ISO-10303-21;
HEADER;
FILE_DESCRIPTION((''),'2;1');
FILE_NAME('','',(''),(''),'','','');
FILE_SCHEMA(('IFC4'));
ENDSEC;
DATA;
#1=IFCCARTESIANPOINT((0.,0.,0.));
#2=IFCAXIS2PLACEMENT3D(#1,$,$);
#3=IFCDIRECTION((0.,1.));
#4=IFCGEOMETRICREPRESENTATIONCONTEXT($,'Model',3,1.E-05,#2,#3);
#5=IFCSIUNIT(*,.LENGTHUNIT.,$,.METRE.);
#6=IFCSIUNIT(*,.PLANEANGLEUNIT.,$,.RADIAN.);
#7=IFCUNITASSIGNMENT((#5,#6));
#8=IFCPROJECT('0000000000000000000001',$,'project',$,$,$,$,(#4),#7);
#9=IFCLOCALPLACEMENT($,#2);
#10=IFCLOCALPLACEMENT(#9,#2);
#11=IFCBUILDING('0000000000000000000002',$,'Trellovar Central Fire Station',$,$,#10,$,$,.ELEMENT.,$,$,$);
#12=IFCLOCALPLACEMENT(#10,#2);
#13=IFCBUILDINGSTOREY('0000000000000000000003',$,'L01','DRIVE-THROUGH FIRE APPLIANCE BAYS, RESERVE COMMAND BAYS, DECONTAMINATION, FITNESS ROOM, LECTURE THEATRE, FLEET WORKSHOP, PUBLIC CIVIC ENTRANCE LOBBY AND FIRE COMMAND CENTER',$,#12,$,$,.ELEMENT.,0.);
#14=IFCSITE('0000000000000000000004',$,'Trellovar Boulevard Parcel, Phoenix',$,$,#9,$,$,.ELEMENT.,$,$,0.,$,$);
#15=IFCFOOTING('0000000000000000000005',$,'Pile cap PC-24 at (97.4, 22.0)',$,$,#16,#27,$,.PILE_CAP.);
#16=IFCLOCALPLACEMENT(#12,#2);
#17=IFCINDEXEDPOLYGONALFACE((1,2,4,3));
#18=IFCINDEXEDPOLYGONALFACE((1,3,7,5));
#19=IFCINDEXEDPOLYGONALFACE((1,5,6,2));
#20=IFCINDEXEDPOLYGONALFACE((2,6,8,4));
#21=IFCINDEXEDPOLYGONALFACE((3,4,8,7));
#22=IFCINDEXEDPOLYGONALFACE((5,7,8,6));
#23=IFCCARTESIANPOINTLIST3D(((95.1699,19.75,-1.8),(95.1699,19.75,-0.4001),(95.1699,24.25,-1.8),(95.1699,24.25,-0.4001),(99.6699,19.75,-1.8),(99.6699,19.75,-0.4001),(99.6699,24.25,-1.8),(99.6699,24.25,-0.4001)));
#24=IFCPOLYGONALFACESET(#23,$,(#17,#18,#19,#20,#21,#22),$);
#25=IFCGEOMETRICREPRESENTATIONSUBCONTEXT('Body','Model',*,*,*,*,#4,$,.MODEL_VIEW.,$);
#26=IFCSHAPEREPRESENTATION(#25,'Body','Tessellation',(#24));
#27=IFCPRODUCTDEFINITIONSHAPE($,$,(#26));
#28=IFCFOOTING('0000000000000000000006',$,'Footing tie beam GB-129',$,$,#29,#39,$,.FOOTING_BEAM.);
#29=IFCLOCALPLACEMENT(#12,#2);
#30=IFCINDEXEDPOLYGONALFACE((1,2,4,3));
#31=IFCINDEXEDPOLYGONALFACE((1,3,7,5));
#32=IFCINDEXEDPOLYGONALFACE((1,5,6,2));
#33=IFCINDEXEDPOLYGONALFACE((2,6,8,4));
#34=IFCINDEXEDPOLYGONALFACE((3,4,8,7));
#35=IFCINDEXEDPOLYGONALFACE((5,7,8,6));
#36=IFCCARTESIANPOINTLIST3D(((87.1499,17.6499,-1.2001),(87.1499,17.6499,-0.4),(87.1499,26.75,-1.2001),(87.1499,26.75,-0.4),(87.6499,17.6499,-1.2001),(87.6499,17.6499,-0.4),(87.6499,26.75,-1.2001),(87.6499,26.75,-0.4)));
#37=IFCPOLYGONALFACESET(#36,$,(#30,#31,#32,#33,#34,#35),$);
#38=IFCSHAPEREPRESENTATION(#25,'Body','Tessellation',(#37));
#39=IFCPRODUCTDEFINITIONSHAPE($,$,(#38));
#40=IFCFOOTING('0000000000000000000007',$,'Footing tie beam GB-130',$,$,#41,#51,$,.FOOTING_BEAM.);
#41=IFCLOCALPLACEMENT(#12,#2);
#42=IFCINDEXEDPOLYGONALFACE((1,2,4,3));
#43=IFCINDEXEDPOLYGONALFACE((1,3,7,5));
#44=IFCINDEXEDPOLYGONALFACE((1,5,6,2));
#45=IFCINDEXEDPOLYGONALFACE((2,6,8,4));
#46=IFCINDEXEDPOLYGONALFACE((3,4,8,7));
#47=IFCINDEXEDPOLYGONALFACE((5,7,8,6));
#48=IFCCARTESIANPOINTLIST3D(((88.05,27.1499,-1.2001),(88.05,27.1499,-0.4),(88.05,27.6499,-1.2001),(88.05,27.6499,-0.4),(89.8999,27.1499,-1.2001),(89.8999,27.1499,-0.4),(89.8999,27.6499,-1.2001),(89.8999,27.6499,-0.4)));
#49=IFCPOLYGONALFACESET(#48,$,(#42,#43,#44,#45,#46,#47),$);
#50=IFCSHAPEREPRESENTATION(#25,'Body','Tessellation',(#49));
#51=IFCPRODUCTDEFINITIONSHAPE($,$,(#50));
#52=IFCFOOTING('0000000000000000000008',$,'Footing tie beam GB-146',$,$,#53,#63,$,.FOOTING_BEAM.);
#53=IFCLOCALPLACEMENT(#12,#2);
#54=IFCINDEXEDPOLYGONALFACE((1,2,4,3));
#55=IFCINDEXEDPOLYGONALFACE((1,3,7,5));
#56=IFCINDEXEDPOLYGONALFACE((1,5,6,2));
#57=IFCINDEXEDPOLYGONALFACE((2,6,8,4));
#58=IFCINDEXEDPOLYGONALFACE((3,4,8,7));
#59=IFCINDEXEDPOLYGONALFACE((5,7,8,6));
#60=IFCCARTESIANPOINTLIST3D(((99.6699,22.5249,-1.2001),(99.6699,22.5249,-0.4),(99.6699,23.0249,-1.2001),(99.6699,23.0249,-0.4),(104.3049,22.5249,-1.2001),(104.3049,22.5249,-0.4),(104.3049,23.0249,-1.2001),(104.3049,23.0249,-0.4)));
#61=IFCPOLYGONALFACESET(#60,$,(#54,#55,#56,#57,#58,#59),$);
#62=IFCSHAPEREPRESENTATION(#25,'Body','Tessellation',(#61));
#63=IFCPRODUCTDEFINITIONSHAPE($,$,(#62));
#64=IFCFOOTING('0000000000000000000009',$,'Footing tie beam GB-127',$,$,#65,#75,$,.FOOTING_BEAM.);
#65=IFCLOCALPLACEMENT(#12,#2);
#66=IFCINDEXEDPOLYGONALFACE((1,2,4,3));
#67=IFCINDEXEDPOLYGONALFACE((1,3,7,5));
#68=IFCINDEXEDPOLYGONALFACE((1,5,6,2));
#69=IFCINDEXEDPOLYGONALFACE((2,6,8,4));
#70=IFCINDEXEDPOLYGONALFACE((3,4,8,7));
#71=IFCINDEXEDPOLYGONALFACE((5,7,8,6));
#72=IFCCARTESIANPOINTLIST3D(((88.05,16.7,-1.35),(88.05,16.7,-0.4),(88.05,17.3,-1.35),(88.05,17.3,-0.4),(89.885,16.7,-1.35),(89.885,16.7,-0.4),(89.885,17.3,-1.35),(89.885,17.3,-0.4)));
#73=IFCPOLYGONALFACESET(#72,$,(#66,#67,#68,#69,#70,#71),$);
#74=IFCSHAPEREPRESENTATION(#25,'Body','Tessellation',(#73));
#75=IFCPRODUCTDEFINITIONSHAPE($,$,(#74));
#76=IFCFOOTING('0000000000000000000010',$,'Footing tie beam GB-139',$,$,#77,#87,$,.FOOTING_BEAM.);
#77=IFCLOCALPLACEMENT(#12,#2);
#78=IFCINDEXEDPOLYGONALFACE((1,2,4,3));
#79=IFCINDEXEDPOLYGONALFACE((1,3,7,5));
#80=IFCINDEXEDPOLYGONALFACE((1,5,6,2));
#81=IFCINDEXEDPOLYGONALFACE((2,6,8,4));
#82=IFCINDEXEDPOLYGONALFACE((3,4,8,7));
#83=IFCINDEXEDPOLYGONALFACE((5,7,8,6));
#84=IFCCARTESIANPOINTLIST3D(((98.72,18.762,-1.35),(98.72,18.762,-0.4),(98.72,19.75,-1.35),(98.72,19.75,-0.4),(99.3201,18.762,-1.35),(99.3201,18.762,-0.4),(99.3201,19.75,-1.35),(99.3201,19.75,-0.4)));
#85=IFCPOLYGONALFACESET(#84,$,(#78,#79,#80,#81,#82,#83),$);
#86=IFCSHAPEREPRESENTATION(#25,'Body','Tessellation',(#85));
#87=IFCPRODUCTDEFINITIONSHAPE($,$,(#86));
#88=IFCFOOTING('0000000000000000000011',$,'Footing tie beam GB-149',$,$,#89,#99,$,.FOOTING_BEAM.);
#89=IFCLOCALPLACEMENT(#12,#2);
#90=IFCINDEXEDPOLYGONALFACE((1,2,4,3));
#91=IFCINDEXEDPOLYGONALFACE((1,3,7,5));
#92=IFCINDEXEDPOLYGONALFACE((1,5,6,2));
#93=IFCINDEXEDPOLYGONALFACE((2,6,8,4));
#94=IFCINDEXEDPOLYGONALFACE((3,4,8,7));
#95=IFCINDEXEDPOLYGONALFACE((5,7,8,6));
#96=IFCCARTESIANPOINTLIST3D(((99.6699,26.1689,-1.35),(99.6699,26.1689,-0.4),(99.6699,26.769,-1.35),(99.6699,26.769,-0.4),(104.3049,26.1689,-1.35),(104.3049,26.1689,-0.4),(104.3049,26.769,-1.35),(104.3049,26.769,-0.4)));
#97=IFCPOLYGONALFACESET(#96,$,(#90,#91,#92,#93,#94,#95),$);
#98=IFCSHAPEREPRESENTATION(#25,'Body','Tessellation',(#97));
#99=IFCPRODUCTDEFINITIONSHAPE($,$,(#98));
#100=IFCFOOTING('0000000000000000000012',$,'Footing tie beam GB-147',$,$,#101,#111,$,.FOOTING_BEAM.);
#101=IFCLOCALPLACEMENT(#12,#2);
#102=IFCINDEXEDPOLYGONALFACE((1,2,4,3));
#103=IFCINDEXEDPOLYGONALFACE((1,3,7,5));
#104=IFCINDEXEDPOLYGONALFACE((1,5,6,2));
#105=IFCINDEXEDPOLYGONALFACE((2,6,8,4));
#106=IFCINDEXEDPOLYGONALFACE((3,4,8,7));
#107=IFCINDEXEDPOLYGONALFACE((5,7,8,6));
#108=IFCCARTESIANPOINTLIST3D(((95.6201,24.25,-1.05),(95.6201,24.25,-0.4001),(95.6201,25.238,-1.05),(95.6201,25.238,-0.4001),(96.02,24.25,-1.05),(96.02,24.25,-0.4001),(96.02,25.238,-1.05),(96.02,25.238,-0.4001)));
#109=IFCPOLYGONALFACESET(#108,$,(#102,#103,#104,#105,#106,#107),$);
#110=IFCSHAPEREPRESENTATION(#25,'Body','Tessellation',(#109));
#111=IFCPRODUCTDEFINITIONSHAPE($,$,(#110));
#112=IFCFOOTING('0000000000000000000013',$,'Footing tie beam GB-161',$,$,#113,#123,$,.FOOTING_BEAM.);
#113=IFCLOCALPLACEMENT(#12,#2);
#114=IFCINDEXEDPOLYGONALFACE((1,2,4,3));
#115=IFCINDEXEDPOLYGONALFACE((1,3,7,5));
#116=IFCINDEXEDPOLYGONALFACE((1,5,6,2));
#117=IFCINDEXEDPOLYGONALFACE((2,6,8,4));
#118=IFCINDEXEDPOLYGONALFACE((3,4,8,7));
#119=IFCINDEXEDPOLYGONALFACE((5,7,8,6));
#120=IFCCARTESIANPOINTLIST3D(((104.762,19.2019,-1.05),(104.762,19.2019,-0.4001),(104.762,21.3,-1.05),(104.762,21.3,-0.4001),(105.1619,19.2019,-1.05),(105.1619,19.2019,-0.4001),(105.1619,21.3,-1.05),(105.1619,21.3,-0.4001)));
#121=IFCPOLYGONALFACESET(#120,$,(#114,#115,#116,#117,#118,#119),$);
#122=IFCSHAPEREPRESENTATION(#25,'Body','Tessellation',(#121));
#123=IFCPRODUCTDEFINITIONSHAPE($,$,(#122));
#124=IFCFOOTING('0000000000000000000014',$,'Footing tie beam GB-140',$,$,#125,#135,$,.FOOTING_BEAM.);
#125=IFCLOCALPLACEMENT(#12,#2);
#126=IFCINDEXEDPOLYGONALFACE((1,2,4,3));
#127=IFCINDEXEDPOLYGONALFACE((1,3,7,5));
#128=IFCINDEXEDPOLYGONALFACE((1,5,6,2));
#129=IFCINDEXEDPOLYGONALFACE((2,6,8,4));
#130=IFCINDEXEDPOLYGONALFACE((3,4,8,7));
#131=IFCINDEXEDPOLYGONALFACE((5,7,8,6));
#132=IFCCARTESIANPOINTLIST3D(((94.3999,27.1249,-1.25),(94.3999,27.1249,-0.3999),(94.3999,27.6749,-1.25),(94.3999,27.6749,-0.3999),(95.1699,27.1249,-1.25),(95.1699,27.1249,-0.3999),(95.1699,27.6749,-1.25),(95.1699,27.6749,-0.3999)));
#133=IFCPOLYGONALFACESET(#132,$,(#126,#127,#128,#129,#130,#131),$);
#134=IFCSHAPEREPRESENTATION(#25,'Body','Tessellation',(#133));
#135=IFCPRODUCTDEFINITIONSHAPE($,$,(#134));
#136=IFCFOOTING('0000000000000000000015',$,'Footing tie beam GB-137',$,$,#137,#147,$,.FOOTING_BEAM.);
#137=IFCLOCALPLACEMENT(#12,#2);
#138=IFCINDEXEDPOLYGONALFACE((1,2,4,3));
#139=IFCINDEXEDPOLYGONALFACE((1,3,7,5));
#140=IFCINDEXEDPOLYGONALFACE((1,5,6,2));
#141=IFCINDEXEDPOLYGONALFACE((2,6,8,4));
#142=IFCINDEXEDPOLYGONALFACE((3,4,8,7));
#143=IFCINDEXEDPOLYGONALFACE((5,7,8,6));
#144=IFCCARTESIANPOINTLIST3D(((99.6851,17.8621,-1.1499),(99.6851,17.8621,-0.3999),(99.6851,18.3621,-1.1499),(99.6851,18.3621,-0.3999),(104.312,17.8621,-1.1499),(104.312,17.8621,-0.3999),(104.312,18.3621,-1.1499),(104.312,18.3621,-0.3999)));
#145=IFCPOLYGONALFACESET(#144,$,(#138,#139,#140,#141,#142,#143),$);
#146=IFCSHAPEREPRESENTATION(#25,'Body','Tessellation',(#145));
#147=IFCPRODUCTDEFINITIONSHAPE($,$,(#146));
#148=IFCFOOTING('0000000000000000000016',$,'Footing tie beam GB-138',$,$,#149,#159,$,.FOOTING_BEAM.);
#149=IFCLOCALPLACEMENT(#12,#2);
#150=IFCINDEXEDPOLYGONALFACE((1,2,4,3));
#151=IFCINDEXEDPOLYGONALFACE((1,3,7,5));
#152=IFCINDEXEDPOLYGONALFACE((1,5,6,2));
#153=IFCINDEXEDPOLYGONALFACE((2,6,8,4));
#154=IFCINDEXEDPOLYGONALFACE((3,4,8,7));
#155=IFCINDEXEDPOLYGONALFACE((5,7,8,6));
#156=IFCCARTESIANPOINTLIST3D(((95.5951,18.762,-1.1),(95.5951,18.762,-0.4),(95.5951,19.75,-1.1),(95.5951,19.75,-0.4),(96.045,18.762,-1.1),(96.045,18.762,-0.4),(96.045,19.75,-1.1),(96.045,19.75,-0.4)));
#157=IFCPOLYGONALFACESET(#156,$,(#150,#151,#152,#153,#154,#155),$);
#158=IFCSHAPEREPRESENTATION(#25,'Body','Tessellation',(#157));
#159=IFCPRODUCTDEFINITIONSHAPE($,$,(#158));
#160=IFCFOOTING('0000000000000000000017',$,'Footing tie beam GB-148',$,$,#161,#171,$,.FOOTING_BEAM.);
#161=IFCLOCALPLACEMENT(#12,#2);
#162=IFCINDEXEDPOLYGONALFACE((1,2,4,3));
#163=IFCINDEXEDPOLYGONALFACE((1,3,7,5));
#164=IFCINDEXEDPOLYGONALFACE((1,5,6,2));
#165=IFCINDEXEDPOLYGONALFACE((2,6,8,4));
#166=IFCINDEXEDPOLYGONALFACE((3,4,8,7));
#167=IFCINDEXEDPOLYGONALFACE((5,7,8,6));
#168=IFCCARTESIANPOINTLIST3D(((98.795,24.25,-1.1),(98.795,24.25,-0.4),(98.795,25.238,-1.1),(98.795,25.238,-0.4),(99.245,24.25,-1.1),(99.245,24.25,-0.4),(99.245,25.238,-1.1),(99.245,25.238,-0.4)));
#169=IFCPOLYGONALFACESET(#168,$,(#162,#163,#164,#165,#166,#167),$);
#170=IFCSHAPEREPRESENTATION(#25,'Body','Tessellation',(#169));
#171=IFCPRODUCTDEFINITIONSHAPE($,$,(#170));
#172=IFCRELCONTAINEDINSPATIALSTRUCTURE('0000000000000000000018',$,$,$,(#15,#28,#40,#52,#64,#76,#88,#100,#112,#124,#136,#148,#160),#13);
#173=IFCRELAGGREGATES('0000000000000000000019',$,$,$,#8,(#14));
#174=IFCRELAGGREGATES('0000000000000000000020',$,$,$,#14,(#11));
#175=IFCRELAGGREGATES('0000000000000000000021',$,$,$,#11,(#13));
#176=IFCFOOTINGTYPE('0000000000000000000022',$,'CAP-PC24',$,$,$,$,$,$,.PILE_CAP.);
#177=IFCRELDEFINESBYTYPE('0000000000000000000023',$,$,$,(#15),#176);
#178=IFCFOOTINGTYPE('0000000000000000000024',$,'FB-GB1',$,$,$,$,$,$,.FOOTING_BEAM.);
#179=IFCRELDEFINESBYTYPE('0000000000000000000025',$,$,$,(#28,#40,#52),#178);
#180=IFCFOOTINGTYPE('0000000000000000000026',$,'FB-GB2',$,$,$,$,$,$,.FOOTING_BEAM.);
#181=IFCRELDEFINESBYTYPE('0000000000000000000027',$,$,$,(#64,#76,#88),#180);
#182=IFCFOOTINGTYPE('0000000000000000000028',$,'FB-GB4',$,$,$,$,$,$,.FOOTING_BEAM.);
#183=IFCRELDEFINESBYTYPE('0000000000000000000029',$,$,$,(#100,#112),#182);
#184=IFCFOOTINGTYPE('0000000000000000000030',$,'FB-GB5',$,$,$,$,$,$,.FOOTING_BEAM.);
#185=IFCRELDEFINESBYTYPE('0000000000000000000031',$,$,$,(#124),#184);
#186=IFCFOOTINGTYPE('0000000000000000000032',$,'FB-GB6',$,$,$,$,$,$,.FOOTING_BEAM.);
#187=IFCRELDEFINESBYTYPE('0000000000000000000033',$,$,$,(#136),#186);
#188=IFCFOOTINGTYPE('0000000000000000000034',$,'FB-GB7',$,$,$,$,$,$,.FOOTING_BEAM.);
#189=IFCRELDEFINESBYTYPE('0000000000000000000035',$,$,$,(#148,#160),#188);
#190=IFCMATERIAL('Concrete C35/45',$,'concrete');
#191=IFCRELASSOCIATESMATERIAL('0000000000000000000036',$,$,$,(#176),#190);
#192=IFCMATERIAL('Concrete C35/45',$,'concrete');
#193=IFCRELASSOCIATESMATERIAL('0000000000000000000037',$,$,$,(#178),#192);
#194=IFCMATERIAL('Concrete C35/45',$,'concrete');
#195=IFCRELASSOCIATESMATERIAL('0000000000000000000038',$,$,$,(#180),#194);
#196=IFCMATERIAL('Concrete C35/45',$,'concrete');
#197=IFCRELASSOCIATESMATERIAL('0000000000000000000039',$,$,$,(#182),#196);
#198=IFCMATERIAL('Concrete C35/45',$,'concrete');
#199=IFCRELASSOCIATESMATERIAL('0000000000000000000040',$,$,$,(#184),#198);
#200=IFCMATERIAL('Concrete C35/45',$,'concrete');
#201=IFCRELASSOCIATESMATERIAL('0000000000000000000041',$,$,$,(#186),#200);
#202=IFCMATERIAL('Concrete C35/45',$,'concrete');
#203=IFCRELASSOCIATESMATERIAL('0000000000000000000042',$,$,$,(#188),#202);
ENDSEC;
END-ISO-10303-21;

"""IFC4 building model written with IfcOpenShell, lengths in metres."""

from ifc_helpers import new_model, si_unit, direction, frame, origin, origin_2d, place, context, subcontext, project, spatial, rectangle, extrude, material, material_profile, profile_set, type_object, element, save


model = new_model("IFC4")

# Units and contexts
model_context = context("Model", 3, precision=1e-05, world=origin(), true_north=direction((0.0, 1.0)))
body_context = subcontext(model_context, "Body", "Model", "MODEL_VIEW")
ifc_project = project(units=[si_unit("LENGTHUNIT", "METRE"), si_unit("PLANEANGLEUNIT", "RADIAN")], contexts=[model_context])

# Site, building, storey
site_placement = place(None, origin())
site = spatial("IfcSite", under=ifc_project, at=site_placement, Name="Trellovar Boulevard Parcel, Phoenix", CompositionType="ELEMENT", RefElevation=0.0)
building_placement = place(site_placement, origin())
building = spatial("IfcBuilding", under=site, at=building_placement, Name="Trellovar Central Fire Station", CompositionType="ELEMENT")
storey_placement = place(building_placement, origin())
storey = spatial("IfcBuildingStorey", under=building, at=storey_placement, Name="L01", Description="DRIVE-THROUGH FIRE APPLIANCE BAYS, RESERVE COMMAND BAYS, DECONTAMINATION, FITNESS ROOM, LECTURE THEATRE, FLEET WORKSHOP, PUBLIC CIVIC ENTRANCE LOBBY AND FIRE COMMAND CENTER", CompositionType="ELEMENT", Elevation=0.0)

# Footings
ifc_material_1 = material(Name="Concrete C35/45", Category="concrete")
footing_type_1 = type_object("IfcFootingType", Name="CAP-PC24", PredefinedType="PILE_CAP", material=ifc_material_1)
footing_1_placement = place(storey_placement, frame((97.4199, 22.0, -1.8), z_axis=(0.0, 0.0, 1.0), x_axis=(1.0, 0.0, 0.0)))
element("IfcFooting", 1, at=footing_1_placement, inside=storey, type_object=footing_type_1, Name="Pile cap PC-24 at (97.4, 22.0)", PredefinedType="PILE_CAP", context=body_context, shape_type="SweptSolid", body=[
    extrude(rectangle(XDim=4.5, YDim=4.5, at=origin_2d()), origin(), (0.0, 0.0, 1.0), 1.3999),
])
ifc_material_2 = material(Name="Concrete C35/45", Category="concrete")
ifc_material_profile_1 = material_profile(ifc_material_2, rectangle(XDim=0.5, YDim=0.8, at=origin_2d()), Name="RC500X800")
ifc_profile_set_1 = profile_set([ifc_material_profile_1], Name="Concrete C35/45")
footing_type_2 = type_object("IfcFootingType", Name="FB-GB1", PredefinedType="FOOTING_BEAM", material=ifc_profile_set_1)
footing_2_placement = place(storey_placement, frame((87.3999, 17.6499, -0.8), z_axis=(0.0, 1.0, 0.0), x_axis=(-1.0, 0.0, 0.0)))
element("IfcFooting", 2, at=footing_2_placement, inside=storey, type_object=footing_type_2, Name="Footing tie beam GB-129", PredefinedType="FOOTING_BEAM", context=body_context, shape_type="SweptSolid", body=[
    extrude(rectangle(XDim=0.5, YDim=0.8, at=origin_2d()), origin(), (0.0, 0.0, 1.0), 9.1001),
])
footing_3_placement = place(storey_placement, frame((88.05, 27.3999, -0.8), z_axis=(1.0, 0.0, 0.0), x_axis=(0.0, 1.0, 0.0)))
element("IfcFooting", 3, at=footing_3_placement, inside=storey, type_object=footing_type_2, Name="Footing tie beam GB-130", PredefinedType="FOOTING_BEAM", context=body_context, shape_type="SweptSolid", body=[
    extrude(rectangle(XDim=0.5, YDim=0.8, at=origin_2d()), origin(), (0.0, 0.0, 1.0), 1.8499),
])
footing_4_placement = place(storey_placement, frame((99.6699, 22.7749, -0.8), z_axis=(1.0, 0.0, 0.0), x_axis=(0.0, 1.0, 0.0)))
element("IfcFooting", 4, at=footing_4_placement, inside=storey, type_object=footing_type_2, Name="Footing tie beam GB-146", PredefinedType="FOOTING_BEAM", context=body_context, shape_type="SweptSolid", body=[
    extrude(rectangle(XDim=0.5, YDim=0.8, at=origin_2d()), origin(), (0.0, 0.0, 1.0), 4.635),
])
ifc_material_3 = material(Name="Concrete C35/45", Category="concrete")
ifc_material_profile_2 = material_profile(ifc_material_3, rectangle(XDim=0.6001, YDim=0.95, at=origin_2d()), Name="RC600X950")
ifc_profile_set_2 = profile_set([ifc_material_profile_2], Name="Concrete C35/45")
footing_type_3 = type_object("IfcFootingType", Name="FB-GB2", PredefinedType="FOOTING_BEAM", material=ifc_profile_set_2)
footing_5_placement = place(storey_placement, frame((88.05, 17.0, -0.875), z_axis=(1.0, 0.0, 0.0), x_axis=(0.0, 1.0, 0.0)))
element("IfcFooting", 5, at=footing_5_placement, inside=storey, type_object=footing_type_3, Name="Footing tie beam GB-127", PredefinedType="FOOTING_BEAM", context=body_context, shape_type="SweptSolid", body=[
    extrude(rectangle(XDim=0.6001, YDim=0.95, at=origin_2d()), origin(), (0.0, 0.0, 1.0), 1.835),
])
footing_6_placement = place(storey_placement, frame((99.02, 18.762, -0.875), z_axis=(0.0, 1.0, 0.0), x_axis=(-1.0, 0.0, 0.0)))
element("IfcFooting", 6, at=footing_6_placement, inside=storey, type_object=footing_type_3, Name="Footing tie beam GB-139", PredefinedType="FOOTING_BEAM", context=body_context, shape_type="SweptSolid", body=[
    extrude(rectangle(XDim=0.6001, YDim=0.95, at=origin_2d()), origin(), (0.0, 0.0, 1.0), 0.988),
])
footing_7_placement = place(storey_placement, frame((99.6699, 26.469, -0.875), z_axis=(1.0, 0.0, 0.0), x_axis=(0.0, 1.0, 0.0)))
element("IfcFooting", 7, at=footing_7_placement, inside=storey, type_object=footing_type_3, Name="Footing tie beam GB-149", PredefinedType="FOOTING_BEAM", context=body_context, shape_type="SweptSolid", body=[
    extrude(rectangle(XDim=0.6001, YDim=0.95, at=origin_2d()), origin(), (0.0, 0.0, 1.0), 4.635),
])
ifc_material_4 = material(Name="Concrete C35/45", Category="concrete")
ifc_material_profile_3 = material_profile(ifc_material_4, rectangle(XDim=0.3999, YDim=0.6499, at=origin_2d()), Name="RC400X650")
ifc_profile_set_3 = profile_set([ifc_material_profile_3], Name="Concrete C35/45")
footing_type_4 = type_object("IfcFootingType", Name="FB-GB4", PredefinedType="FOOTING_BEAM", material=ifc_profile_set_3)
footing_8_placement = place(storey_placement, frame((95.8201, 24.25, -0.7251), z_axis=(0.0, 1.0, 0.0), x_axis=(-1.0, 0.0, 0.0)))
element("IfcFooting", 8, at=footing_8_placement, inside=storey, type_object=footing_type_4, Name="Footing tie beam GB-147", PredefinedType="FOOTING_BEAM", context=body_context, shape_type="SweptSolid", body=[
    extrude(rectangle(XDim=0.3999, YDim=0.6499, at=origin_2d()), origin(), (0.0, 0.0, 1.0), 0.988),
])
footing_9_placement = place(storey_placement, frame((104.9619, 19.2019, -0.7251), z_axis=(0.0, 1.0, 0.0), x_axis=(-1.0, 0.0, 0.0)))
element("IfcFooting", 9, at=footing_9_placement, inside=storey, type_object=footing_type_4, Name="Footing tie beam GB-161", PredefinedType="FOOTING_BEAM", context=body_context, shape_type="SweptSolid", body=[
    extrude(rectangle(XDim=0.3999, YDim=0.6499, at=origin_2d()), origin(), (0.0, 0.0, 1.0), 2.0981),
])
ifc_material_5 = material(Name="Concrete C35/45", Category="concrete")
ifc_material_profile_4 = material_profile(ifc_material_5, rectangle(XDim=0.55, YDim=0.8501, at=origin_2d()), Name="RC550X850")
ifc_profile_set_4 = profile_set([ifc_material_profile_4], Name="Concrete C35/45")
footing_type_5 = type_object("IfcFootingType", Name="FB-GB5", PredefinedType="FOOTING_BEAM", material=ifc_profile_set_4)
footing_10_placement = place(storey_placement, frame((94.3999, 27.3999, -0.825), z_axis=(1.0, 0.0, 0.0), x_axis=(0.0, 1.0, 0.0)))
element("IfcFooting", 10, at=footing_10_placement, inside=storey, type_object=footing_type_5, Name="Footing tie beam GB-140", PredefinedType="FOOTING_BEAM", context=body_context, shape_type="SweptSolid", body=[
    extrude(rectangle(XDim=0.55, YDim=0.8501, at=origin_2d()), origin(), (0.0, 0.0, 1.0), 0.77),
])
ifc_material_6 = material(Name="Concrete C35/45", Category="concrete")
ifc_material_profile_5 = material_profile(ifc_material_6, rectangle(XDim=0.5, YDim=0.75, at=origin_2d()), Name="RC500X750")
ifc_profile_set_5 = profile_set([ifc_material_profile_5], Name="Concrete C35/45")
footing_type_6 = type_object("IfcFootingType", Name="FB-GB6", PredefinedType="FOOTING_BEAM", material=ifc_profile_set_5)
footing_11_placement = place(storey_placement, frame((99.6851, 18.1121, -0.7749), z_axis=(1.0, 0.0, 0.0), x_axis=(0.0, 1.0, 0.0)))
element("IfcFooting", 11, at=footing_11_placement, inside=storey, type_object=footing_type_6, Name="Footing tie beam GB-137", PredefinedType="FOOTING_BEAM", context=body_context, shape_type="SweptSolid", body=[
    extrude(rectangle(XDim=0.5, YDim=0.75, at=origin_2d()), origin(), (0.0, 0.0, 1.0), 4.627),
])
ifc_material_7 = material(Name="Concrete C35/45", Category="concrete")
ifc_material_profile_6 = material_profile(ifc_material_7, rectangle(XDim=0.45, YDim=0.7, at=origin_2d()), Name="RC450X700")
ifc_profile_set_6 = profile_set([ifc_material_profile_6], Name="Concrete C35/45")
footing_type_7 = type_object("IfcFootingType", Name="FB-GB7", PredefinedType="FOOTING_BEAM", material=ifc_profile_set_6)
for number, where, z_axis, x_axis, name in (
    (12, (95.8201, 18.762, -0.75), (0.0, 1.0, 0.0), (-1.0, 0.0, 0.0), "Footing tie beam GB-138"),
    (13, (99.02, 24.25, -0.75), (0.0, 1.0, 0.0), (-1.0, 0.0, 0.0), "Footing tie beam GB-148"),
):
    element("IfcFooting", number, at=place(storey_placement, frame(where, z_axis=z_axis, x_axis=x_axis)), inside=storey, type_object=footing_type_7, Name=name, PredefinedType="FOOTING_BEAM", context=body_context, shape_type="SweptSolid", body=[
        extrude(rectangle(XDim=0.45, YDim=0.7, at=origin_2d()), origin(), (0.0, 0.0, 1.0), 0.988),
    ])

save(model, "model.ifc")
